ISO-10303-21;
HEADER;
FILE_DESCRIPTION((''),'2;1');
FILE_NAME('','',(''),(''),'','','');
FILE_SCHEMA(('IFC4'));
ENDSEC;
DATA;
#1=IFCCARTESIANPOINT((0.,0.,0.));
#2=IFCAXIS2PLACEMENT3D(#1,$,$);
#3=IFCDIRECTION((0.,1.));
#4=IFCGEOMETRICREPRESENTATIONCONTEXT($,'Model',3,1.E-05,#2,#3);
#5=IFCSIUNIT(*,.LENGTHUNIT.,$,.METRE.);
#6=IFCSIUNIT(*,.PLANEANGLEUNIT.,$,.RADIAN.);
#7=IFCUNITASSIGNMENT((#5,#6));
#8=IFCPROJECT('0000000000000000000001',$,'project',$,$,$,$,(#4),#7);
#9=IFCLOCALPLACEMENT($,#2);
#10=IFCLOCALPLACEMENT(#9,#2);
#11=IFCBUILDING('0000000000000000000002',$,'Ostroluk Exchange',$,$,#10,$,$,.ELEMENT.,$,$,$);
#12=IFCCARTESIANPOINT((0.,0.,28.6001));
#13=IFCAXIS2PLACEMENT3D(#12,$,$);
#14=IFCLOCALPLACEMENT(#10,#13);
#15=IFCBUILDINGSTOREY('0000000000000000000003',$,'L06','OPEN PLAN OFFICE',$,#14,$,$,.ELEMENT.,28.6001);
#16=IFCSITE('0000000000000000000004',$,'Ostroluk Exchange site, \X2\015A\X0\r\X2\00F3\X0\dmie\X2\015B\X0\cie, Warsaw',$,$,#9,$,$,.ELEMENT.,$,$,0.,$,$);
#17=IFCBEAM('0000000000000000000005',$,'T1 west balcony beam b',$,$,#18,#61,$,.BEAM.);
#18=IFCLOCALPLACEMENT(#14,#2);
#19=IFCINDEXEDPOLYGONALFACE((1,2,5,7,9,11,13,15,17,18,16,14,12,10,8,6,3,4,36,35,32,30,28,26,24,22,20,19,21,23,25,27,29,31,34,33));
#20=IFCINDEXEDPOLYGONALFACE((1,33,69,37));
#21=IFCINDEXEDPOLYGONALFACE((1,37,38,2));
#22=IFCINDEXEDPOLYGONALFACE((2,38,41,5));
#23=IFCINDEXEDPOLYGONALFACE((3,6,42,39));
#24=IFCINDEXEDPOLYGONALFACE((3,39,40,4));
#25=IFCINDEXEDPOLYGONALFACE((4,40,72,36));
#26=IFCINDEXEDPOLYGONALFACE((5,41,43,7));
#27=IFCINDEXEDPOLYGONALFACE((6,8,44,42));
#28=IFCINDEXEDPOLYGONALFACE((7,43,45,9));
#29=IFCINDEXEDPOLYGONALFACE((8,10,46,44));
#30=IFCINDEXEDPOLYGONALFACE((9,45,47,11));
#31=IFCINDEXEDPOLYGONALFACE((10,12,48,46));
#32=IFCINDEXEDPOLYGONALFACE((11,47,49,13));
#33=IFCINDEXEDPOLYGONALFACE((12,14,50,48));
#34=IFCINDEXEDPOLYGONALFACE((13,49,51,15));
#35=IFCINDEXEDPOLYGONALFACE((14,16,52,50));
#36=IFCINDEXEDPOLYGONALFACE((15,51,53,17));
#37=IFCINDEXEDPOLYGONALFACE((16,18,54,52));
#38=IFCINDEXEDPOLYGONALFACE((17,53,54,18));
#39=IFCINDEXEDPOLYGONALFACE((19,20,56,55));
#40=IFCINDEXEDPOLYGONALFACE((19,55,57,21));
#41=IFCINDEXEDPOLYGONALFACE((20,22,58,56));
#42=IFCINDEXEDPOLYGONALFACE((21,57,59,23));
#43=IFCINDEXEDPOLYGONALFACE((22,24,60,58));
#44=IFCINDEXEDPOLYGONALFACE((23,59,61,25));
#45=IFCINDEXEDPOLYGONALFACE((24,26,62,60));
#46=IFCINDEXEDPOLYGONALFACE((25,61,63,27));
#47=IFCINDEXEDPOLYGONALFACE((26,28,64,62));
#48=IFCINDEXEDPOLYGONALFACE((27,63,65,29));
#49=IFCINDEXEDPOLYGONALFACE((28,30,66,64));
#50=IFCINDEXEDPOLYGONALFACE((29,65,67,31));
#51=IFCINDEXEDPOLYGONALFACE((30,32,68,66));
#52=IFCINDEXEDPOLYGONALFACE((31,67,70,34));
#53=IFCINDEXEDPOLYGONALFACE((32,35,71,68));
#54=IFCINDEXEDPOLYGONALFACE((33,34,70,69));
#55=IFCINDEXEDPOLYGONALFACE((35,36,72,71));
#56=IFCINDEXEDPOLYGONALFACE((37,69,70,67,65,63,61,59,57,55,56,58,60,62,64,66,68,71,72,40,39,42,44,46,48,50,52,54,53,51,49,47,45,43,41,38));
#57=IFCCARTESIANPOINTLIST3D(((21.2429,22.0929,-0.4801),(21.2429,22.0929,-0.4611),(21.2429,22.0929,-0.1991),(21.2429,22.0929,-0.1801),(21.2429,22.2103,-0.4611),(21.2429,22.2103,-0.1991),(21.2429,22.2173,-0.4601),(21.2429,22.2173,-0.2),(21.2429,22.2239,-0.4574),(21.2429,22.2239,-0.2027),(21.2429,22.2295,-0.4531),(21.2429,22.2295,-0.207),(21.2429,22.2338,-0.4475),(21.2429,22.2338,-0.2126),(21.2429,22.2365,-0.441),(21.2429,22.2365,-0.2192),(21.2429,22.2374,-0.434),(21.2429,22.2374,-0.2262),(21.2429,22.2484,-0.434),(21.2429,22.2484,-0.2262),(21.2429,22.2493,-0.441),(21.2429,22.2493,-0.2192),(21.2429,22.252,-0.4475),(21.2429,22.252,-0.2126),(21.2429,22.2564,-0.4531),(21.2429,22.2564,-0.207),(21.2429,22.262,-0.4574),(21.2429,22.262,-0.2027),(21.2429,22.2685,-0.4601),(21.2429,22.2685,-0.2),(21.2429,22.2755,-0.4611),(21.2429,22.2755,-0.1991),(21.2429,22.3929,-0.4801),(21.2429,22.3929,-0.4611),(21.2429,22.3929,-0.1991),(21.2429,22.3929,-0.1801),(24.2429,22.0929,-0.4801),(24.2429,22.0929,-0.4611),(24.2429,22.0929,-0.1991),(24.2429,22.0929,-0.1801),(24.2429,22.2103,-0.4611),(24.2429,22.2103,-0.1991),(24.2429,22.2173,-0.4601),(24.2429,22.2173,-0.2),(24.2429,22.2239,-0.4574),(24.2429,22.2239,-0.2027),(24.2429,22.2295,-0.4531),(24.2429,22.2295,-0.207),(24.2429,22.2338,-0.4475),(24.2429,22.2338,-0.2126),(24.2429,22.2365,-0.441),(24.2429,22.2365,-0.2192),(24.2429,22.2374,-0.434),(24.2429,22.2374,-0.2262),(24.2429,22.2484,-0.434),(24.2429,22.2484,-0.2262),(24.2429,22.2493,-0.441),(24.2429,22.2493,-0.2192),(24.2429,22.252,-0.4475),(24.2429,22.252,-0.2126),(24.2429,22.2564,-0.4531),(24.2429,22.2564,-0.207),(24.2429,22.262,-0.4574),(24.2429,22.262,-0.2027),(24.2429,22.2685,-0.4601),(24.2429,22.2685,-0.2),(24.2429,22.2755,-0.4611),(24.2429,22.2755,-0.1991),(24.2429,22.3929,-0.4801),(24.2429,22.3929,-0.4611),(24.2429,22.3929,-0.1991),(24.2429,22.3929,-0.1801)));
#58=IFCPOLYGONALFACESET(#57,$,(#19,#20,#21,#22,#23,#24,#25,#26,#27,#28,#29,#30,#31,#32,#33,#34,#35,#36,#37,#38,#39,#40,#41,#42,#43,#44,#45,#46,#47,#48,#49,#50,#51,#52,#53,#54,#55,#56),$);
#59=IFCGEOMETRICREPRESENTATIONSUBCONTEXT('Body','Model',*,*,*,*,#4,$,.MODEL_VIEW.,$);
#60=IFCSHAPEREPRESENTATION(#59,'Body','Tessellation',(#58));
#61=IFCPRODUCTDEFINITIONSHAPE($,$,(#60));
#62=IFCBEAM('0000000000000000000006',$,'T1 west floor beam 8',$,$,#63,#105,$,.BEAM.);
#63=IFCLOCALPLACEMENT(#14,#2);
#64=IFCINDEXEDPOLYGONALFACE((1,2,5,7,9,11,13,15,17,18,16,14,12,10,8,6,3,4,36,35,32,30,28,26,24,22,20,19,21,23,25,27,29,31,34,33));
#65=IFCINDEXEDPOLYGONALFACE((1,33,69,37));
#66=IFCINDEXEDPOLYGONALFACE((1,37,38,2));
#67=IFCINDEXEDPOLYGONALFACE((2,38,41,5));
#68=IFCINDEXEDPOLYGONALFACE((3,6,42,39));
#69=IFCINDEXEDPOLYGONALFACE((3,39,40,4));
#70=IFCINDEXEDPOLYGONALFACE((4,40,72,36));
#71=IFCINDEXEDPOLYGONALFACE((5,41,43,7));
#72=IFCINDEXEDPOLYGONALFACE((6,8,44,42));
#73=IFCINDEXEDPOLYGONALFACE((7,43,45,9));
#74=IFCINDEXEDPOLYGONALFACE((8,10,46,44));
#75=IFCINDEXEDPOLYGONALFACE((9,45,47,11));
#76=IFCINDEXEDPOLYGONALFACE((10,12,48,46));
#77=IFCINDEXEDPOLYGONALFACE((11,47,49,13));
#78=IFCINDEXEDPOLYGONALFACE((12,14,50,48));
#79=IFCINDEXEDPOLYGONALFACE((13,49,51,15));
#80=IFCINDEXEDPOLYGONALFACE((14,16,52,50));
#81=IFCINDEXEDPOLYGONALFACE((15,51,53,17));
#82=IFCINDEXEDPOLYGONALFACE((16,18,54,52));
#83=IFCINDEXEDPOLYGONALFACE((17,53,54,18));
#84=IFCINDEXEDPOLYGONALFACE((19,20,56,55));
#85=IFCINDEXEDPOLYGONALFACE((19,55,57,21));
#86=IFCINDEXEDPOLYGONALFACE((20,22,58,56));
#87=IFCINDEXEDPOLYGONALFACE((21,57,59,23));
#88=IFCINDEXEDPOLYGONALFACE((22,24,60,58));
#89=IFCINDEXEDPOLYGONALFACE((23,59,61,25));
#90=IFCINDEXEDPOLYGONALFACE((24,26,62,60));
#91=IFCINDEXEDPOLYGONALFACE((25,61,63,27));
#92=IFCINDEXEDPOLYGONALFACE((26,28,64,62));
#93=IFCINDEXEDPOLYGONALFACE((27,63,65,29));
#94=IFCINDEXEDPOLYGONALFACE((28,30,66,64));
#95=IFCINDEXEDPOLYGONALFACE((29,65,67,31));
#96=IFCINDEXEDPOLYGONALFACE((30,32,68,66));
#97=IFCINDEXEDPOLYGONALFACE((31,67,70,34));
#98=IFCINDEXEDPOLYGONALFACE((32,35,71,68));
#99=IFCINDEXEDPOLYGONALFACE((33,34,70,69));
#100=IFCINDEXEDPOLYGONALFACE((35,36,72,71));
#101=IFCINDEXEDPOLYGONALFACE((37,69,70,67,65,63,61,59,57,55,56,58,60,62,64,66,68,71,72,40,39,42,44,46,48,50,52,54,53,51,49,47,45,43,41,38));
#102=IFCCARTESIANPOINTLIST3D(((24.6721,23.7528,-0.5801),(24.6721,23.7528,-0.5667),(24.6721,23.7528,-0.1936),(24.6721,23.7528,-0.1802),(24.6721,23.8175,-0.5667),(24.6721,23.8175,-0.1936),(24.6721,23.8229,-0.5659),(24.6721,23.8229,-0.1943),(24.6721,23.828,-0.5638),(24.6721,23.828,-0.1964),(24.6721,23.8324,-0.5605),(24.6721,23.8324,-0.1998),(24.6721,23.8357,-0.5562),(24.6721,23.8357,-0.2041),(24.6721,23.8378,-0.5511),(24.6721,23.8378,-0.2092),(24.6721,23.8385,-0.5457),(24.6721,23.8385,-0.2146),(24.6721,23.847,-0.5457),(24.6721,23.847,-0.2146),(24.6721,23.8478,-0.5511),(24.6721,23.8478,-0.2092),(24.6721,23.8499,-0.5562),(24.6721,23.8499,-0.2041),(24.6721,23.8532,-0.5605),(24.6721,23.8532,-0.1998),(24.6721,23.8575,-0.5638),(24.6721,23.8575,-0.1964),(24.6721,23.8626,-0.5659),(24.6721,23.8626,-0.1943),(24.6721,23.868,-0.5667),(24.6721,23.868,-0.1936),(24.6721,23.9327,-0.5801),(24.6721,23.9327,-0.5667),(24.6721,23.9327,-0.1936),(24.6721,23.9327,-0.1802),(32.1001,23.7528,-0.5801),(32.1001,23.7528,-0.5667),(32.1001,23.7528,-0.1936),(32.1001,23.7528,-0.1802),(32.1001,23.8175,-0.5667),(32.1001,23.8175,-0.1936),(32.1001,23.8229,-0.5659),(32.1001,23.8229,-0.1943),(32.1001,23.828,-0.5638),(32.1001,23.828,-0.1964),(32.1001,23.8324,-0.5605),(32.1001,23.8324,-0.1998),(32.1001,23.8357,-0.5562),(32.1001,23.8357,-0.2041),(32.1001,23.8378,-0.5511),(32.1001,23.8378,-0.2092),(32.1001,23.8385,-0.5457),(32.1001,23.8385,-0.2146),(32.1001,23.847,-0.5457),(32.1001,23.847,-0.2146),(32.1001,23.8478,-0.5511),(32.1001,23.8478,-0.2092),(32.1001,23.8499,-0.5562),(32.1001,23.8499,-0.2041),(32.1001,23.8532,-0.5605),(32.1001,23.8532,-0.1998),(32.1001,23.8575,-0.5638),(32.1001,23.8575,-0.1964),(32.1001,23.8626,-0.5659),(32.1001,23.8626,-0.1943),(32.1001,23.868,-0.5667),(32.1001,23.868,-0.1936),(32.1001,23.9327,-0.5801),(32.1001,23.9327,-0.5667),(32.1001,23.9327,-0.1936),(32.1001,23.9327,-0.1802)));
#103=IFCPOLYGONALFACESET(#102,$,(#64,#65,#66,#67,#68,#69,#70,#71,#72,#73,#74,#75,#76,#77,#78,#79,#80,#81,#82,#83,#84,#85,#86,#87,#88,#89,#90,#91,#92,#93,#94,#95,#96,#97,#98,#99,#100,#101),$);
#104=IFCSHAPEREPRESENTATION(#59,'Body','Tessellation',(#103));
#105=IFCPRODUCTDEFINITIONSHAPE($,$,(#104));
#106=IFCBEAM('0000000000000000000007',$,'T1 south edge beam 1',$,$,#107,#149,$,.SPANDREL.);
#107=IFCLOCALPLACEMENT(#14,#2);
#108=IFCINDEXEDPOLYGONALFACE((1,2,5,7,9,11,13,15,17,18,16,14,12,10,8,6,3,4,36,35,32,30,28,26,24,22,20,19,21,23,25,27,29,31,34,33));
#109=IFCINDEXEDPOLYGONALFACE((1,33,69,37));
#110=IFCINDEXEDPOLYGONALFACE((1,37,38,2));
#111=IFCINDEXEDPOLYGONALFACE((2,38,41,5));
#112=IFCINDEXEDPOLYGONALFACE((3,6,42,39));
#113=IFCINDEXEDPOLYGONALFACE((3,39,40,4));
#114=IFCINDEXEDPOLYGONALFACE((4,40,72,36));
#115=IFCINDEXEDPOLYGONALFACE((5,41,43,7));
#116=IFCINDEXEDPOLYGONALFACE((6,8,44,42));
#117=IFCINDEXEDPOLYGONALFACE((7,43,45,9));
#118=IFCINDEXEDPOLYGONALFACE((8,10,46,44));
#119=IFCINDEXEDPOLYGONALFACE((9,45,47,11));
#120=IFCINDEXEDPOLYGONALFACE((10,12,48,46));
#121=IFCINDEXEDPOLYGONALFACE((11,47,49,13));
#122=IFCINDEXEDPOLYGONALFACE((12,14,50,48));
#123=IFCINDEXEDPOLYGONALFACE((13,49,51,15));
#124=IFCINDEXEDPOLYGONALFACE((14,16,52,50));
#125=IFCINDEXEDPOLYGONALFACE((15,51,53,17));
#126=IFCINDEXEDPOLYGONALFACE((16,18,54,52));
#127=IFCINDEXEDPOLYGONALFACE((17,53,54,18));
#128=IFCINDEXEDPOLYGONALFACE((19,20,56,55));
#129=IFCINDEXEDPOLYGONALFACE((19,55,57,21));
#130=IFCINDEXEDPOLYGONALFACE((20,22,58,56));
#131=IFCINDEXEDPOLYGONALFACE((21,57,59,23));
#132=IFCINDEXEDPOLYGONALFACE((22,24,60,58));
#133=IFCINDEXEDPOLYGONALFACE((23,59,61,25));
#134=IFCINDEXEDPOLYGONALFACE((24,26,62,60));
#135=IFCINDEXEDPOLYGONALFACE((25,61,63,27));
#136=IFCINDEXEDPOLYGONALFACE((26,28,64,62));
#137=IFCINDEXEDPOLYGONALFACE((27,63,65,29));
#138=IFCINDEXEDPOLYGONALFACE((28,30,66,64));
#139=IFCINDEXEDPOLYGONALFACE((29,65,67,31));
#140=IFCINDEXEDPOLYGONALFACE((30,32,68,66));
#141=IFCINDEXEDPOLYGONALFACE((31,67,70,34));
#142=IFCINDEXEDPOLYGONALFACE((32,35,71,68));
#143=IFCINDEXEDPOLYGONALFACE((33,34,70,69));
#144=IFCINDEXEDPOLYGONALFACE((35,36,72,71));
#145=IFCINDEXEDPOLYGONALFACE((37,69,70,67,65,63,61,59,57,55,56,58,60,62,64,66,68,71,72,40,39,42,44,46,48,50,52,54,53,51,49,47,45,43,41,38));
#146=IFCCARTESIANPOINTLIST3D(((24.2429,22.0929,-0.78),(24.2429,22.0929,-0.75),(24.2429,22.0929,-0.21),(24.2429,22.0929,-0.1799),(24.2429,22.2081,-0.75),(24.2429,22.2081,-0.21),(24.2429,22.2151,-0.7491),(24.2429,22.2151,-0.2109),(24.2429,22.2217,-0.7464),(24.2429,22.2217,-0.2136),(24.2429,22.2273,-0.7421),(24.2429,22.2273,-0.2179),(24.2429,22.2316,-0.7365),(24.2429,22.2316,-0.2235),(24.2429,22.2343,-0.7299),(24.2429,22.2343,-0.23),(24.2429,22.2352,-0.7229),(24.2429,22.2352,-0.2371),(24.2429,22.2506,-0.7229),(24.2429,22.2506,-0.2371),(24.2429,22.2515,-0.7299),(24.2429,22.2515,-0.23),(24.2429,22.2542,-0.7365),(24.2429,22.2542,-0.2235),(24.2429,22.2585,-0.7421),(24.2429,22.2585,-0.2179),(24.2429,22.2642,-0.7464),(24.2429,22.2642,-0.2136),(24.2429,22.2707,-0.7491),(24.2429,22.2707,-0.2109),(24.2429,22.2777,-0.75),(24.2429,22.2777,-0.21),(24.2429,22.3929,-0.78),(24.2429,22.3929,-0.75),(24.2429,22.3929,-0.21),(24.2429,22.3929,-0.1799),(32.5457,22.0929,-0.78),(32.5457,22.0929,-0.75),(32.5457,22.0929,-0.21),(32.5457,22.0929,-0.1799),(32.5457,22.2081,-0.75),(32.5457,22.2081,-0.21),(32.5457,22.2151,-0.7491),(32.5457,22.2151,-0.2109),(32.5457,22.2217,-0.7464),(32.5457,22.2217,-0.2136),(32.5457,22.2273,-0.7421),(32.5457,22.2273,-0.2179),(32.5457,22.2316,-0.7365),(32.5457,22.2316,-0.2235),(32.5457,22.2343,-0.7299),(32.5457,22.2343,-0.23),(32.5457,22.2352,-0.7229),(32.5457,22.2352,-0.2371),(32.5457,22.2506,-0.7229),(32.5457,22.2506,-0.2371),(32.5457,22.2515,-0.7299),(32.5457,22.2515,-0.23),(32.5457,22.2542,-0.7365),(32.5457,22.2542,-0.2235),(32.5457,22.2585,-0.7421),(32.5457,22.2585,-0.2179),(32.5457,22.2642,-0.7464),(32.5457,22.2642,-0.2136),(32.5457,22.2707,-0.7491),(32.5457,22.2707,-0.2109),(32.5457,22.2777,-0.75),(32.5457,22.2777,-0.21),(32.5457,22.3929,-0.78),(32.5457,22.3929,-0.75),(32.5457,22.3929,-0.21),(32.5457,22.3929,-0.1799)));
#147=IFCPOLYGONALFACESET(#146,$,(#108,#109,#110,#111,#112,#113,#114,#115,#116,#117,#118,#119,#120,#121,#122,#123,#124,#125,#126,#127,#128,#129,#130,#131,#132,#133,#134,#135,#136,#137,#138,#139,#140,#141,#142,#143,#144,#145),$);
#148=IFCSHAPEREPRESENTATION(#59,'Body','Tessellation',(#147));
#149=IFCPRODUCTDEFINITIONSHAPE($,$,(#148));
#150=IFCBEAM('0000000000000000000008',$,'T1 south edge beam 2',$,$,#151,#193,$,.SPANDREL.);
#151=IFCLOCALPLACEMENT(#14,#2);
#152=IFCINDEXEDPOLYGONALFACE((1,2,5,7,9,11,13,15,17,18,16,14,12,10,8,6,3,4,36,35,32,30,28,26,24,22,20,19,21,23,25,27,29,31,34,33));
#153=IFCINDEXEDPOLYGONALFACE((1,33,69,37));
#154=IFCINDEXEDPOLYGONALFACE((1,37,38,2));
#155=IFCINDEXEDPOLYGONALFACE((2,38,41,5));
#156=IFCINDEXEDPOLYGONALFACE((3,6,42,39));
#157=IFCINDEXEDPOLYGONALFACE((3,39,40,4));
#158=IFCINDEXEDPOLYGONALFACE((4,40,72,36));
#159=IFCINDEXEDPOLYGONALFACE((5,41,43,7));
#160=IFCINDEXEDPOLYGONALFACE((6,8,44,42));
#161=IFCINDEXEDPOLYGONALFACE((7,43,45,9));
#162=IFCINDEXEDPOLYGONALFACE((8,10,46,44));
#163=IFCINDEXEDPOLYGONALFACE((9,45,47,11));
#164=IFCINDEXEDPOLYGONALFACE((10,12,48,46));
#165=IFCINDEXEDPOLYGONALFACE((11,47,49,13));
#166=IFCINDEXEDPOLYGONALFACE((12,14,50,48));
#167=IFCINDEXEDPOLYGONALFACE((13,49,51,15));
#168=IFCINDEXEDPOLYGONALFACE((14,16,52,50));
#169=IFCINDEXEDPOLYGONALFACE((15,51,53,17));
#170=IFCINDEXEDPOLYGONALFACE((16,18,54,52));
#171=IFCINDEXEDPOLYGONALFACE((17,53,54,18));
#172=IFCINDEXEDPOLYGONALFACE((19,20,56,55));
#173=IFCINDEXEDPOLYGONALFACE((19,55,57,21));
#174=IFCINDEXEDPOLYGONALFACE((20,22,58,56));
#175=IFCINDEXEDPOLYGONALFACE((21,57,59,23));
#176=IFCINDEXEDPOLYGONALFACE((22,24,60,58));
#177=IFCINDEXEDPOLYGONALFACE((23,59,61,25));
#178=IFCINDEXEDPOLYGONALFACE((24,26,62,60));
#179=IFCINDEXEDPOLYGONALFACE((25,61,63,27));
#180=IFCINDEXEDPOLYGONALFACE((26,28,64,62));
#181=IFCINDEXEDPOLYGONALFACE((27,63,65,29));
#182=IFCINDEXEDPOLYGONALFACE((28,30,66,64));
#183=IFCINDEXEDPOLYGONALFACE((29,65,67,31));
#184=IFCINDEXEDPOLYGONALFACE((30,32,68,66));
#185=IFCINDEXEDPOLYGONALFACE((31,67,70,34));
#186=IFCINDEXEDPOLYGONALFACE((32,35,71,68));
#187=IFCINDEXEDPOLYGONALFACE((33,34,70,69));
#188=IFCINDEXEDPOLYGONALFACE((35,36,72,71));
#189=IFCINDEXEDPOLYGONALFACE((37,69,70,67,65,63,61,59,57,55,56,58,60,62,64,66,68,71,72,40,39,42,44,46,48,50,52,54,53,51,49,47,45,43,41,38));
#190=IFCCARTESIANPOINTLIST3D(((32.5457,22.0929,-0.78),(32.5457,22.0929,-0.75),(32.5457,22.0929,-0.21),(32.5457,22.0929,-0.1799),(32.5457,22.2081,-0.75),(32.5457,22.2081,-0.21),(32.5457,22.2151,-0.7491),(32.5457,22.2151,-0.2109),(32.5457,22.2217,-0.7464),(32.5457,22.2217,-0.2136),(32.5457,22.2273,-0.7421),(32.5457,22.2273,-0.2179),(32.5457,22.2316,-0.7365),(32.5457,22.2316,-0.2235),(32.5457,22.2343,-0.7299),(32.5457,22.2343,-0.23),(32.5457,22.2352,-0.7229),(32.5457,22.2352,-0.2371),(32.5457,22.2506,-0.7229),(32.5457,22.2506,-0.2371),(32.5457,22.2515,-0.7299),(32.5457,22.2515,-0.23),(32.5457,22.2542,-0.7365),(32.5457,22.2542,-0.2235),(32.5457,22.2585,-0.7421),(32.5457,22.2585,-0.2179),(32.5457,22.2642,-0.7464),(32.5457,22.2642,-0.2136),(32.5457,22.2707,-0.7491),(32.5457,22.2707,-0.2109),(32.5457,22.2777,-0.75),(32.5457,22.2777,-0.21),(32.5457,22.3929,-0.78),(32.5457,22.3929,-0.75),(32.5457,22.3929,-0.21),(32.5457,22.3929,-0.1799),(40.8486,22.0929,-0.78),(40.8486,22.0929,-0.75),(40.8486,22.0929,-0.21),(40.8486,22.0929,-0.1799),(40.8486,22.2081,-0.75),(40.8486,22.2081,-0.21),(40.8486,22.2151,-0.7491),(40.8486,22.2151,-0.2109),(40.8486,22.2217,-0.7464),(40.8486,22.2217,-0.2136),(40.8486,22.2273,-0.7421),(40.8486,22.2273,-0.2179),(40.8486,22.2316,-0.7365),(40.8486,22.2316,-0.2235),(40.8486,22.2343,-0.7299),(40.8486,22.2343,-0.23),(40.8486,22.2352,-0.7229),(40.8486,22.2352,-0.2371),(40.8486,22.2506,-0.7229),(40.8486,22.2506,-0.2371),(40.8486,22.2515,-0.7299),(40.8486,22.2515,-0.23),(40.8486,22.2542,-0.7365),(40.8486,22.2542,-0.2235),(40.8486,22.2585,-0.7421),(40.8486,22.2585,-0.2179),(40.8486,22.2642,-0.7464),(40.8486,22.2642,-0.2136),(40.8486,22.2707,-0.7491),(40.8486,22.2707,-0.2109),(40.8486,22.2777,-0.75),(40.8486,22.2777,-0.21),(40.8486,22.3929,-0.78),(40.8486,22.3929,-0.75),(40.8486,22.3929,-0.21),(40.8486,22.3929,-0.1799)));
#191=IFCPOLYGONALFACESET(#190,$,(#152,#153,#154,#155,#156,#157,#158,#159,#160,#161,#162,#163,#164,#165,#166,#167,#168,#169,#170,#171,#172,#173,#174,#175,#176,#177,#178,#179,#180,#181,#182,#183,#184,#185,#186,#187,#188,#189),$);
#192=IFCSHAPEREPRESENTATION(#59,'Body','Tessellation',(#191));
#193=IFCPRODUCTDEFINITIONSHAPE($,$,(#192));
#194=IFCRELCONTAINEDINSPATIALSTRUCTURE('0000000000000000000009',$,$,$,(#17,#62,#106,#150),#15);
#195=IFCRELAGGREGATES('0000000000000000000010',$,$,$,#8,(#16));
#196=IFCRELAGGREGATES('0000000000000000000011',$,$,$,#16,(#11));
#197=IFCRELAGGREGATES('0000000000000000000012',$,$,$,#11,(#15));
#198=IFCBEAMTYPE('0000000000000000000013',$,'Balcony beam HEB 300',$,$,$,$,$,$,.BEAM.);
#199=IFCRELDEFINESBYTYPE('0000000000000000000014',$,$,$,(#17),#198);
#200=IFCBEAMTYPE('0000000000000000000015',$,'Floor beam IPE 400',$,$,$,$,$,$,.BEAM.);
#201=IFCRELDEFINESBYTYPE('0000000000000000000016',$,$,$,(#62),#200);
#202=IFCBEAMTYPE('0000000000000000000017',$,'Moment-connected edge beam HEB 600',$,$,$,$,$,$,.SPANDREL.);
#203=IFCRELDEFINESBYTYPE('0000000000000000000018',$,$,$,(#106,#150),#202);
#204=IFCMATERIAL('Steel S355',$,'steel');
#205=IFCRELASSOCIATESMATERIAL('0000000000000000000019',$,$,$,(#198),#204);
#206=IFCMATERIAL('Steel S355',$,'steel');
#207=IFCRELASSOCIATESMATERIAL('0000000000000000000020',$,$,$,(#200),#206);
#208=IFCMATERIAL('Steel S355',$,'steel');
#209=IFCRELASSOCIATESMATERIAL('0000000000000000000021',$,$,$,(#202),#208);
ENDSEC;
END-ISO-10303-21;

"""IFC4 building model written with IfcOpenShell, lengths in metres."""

from ifc_helpers import new_model, si_unit, direction, frame, origin, origin_2d, place, context, subcontext, project, spatial, i_section, extrude, material, material_profile, profile_set, type_object, element, save


model = new_model("IFC4")

# Units and contexts
model_context = context("Model", 3, precision=1e-05, world=origin(), true_north=direction((0.0, 1.0)))
body_context = subcontext(model_context, "Body", "Model", "MODEL_VIEW")
ifc_project = project(units=[si_unit("LENGTHUNIT", "METRE"), si_unit("PLANEANGLEUNIT", "RADIAN")], contexts=[model_context])

# Site, building, storey
site_placement = place(None, origin())
site = spatial("IfcSite", under=ifc_project, at=site_placement, Name="Ostroluk Exchange site, Śródmieście, Warsaw", CompositionType="ELEMENT", RefElevation=0.0)
building_placement = place(site_placement, origin())
building = spatial("IfcBuilding", under=site, at=building_placement, Name="Ostroluk Exchange", CompositionType="ELEMENT")
storey_placement = place(building_placement, frame((0.0, 0.0, 28.6001)))
storey = spatial("IfcBuildingStorey", under=building, at=storey_placement, Name="L06", Description="OPEN PLAN OFFICE", CompositionType="ELEMENT", Elevation=28.6001)

# Beams
ifc_material_1 = material(Name="Steel S355", Category="steel")
ifc_material_profile_1 = material_profile(ifc_material_1, i_section(OverallWidth=0.3, OverallDepth=0.3, WebThickness=0.011, FlangeThickness=0.019, FilletRadius=0.0271, at=origin_2d()), Name="HEB 300")
ifc_profile_set_1 = profile_set([ifc_material_profile_1], Name="Steel S355")
beam_type_1 = type_object("IfcBeamType", Name="Balcony beam HEB 300", PredefinedType="BEAM", material=ifc_profile_set_1)
beam_1_placement = place(storey_placement, frame((24.2429, 22.2429, -0.3301), z_axis=(-1.0, 0.0, 0.0), x_axis=(0.0, -1.0, 0.0)))
element("IfcBeam", 1, at=beam_1_placement, inside=storey, type_object=beam_type_1, Name="T1 west balcony beam b", PredefinedType="BEAM", context=body_context, shape_type="SweptSolid", body=[
    extrude(i_section(OverallWidth=0.3, OverallDepth=0.3, WebThickness=0.011, FlangeThickness=0.019, FilletRadius=0.0271, at=origin_2d()), origin(), (0.0, 0.0, 1.0), 3.0),
])
ifc_material_2 = material(Name="Steel S355", Category="steel")
ifc_material_profile_2 = material_profile(ifc_material_2, i_section(OverallWidth=0.1799, OverallDepth=0.3999, WebThickness=0.0085, FlangeThickness=0.0134, FilletRadius=0.021, at=origin_2d()), Name="IPE 400")
ifc_profile_set_2 = profile_set([ifc_material_profile_2], Name="Steel S355")
beam_type_2 = type_object("IfcBeamType", Name="Floor beam IPE 400", PredefinedType="BEAM", material=ifc_profile_set_2)
beam_2_placement = place(storey_placement, frame((32.1001, 23.8428, -0.3801), z_axis=(-1.0, 0.0, 0.0), x_axis=(0.0, -1.0, 0.0)))
element("IfcBeam", 2, at=beam_2_placement, inside=storey, type_object=beam_type_2, Name="T1 west floor beam 8", PredefinedType="BEAM", context=body_context, shape_type="SweptSolid", body=[
    extrude(i_section(OverallWidth=0.1799, OverallDepth=0.3999, WebThickness=0.0085, FlangeThickness=0.0134, FilletRadius=0.021, at=origin_2d()), origin(), (0.0, 0.0, 1.0), 7.428),
])
ifc_material_3 = material(Name="Steel S355", Category="steel")
ifc_material_profile_3 = material_profile(ifc_material_3, i_section(OverallWidth=0.3, OverallDepth=0.6001, WebThickness=0.0154, FlangeThickness=0.03, FilletRadius=0.0271, at=origin_2d()), Name="HEB 600")
ifc_profile_set_3 = profile_set([ifc_material_profile_3], Name="Steel S355")
beam_type_3 = type_object("IfcBeamType", Name="Moment-connected edge beam HEB 600", PredefinedType="SPANDREL", material=ifc_profile_set_3)
beam_3_placement = place(storey_placement, frame((24.2429, 22.2429, -0.48), z_axis=(1.0, 0.0, 0.0), x_axis=(0.0, 1.0, 0.0)))
element("IfcBeam", 3, at=beam_3_placement, inside=storey, type_object=beam_type_3, Name="T1 south edge beam 1", PredefinedType="SPANDREL", context=body_context, shape_type="SweptSolid", body=[
    extrude(i_section(OverallWidth=0.3, OverallDepth=0.6001, WebThickness=0.0154, FlangeThickness=0.03, FilletRadius=0.0271, at=origin_2d()), origin(), (0.0, 0.0, 1.0), 8.3027),
])
beam_4_placement = place(storey_placement, frame((32.5457, 22.2429, -0.48), z_axis=(1.0, 0.0, 0.0), x_axis=(0.0, 1.0, 0.0)))
element("IfcBeam", 4, at=beam_4_placement, inside=storey, type_object=beam_type_3, Name="T1 south edge beam 2", PredefinedType="SPANDREL", context=body_context, shape_type="SweptSolid", body=[
    extrude(i_section(OverallWidth=0.3, OverallDepth=0.6001, WebThickness=0.0154, FlangeThickness=0.03, FilletRadius=0.0271, at=origin_2d()), origin(), (0.0, 0.0, 1.0), 8.303),
])

save(model, "model.ifc")
